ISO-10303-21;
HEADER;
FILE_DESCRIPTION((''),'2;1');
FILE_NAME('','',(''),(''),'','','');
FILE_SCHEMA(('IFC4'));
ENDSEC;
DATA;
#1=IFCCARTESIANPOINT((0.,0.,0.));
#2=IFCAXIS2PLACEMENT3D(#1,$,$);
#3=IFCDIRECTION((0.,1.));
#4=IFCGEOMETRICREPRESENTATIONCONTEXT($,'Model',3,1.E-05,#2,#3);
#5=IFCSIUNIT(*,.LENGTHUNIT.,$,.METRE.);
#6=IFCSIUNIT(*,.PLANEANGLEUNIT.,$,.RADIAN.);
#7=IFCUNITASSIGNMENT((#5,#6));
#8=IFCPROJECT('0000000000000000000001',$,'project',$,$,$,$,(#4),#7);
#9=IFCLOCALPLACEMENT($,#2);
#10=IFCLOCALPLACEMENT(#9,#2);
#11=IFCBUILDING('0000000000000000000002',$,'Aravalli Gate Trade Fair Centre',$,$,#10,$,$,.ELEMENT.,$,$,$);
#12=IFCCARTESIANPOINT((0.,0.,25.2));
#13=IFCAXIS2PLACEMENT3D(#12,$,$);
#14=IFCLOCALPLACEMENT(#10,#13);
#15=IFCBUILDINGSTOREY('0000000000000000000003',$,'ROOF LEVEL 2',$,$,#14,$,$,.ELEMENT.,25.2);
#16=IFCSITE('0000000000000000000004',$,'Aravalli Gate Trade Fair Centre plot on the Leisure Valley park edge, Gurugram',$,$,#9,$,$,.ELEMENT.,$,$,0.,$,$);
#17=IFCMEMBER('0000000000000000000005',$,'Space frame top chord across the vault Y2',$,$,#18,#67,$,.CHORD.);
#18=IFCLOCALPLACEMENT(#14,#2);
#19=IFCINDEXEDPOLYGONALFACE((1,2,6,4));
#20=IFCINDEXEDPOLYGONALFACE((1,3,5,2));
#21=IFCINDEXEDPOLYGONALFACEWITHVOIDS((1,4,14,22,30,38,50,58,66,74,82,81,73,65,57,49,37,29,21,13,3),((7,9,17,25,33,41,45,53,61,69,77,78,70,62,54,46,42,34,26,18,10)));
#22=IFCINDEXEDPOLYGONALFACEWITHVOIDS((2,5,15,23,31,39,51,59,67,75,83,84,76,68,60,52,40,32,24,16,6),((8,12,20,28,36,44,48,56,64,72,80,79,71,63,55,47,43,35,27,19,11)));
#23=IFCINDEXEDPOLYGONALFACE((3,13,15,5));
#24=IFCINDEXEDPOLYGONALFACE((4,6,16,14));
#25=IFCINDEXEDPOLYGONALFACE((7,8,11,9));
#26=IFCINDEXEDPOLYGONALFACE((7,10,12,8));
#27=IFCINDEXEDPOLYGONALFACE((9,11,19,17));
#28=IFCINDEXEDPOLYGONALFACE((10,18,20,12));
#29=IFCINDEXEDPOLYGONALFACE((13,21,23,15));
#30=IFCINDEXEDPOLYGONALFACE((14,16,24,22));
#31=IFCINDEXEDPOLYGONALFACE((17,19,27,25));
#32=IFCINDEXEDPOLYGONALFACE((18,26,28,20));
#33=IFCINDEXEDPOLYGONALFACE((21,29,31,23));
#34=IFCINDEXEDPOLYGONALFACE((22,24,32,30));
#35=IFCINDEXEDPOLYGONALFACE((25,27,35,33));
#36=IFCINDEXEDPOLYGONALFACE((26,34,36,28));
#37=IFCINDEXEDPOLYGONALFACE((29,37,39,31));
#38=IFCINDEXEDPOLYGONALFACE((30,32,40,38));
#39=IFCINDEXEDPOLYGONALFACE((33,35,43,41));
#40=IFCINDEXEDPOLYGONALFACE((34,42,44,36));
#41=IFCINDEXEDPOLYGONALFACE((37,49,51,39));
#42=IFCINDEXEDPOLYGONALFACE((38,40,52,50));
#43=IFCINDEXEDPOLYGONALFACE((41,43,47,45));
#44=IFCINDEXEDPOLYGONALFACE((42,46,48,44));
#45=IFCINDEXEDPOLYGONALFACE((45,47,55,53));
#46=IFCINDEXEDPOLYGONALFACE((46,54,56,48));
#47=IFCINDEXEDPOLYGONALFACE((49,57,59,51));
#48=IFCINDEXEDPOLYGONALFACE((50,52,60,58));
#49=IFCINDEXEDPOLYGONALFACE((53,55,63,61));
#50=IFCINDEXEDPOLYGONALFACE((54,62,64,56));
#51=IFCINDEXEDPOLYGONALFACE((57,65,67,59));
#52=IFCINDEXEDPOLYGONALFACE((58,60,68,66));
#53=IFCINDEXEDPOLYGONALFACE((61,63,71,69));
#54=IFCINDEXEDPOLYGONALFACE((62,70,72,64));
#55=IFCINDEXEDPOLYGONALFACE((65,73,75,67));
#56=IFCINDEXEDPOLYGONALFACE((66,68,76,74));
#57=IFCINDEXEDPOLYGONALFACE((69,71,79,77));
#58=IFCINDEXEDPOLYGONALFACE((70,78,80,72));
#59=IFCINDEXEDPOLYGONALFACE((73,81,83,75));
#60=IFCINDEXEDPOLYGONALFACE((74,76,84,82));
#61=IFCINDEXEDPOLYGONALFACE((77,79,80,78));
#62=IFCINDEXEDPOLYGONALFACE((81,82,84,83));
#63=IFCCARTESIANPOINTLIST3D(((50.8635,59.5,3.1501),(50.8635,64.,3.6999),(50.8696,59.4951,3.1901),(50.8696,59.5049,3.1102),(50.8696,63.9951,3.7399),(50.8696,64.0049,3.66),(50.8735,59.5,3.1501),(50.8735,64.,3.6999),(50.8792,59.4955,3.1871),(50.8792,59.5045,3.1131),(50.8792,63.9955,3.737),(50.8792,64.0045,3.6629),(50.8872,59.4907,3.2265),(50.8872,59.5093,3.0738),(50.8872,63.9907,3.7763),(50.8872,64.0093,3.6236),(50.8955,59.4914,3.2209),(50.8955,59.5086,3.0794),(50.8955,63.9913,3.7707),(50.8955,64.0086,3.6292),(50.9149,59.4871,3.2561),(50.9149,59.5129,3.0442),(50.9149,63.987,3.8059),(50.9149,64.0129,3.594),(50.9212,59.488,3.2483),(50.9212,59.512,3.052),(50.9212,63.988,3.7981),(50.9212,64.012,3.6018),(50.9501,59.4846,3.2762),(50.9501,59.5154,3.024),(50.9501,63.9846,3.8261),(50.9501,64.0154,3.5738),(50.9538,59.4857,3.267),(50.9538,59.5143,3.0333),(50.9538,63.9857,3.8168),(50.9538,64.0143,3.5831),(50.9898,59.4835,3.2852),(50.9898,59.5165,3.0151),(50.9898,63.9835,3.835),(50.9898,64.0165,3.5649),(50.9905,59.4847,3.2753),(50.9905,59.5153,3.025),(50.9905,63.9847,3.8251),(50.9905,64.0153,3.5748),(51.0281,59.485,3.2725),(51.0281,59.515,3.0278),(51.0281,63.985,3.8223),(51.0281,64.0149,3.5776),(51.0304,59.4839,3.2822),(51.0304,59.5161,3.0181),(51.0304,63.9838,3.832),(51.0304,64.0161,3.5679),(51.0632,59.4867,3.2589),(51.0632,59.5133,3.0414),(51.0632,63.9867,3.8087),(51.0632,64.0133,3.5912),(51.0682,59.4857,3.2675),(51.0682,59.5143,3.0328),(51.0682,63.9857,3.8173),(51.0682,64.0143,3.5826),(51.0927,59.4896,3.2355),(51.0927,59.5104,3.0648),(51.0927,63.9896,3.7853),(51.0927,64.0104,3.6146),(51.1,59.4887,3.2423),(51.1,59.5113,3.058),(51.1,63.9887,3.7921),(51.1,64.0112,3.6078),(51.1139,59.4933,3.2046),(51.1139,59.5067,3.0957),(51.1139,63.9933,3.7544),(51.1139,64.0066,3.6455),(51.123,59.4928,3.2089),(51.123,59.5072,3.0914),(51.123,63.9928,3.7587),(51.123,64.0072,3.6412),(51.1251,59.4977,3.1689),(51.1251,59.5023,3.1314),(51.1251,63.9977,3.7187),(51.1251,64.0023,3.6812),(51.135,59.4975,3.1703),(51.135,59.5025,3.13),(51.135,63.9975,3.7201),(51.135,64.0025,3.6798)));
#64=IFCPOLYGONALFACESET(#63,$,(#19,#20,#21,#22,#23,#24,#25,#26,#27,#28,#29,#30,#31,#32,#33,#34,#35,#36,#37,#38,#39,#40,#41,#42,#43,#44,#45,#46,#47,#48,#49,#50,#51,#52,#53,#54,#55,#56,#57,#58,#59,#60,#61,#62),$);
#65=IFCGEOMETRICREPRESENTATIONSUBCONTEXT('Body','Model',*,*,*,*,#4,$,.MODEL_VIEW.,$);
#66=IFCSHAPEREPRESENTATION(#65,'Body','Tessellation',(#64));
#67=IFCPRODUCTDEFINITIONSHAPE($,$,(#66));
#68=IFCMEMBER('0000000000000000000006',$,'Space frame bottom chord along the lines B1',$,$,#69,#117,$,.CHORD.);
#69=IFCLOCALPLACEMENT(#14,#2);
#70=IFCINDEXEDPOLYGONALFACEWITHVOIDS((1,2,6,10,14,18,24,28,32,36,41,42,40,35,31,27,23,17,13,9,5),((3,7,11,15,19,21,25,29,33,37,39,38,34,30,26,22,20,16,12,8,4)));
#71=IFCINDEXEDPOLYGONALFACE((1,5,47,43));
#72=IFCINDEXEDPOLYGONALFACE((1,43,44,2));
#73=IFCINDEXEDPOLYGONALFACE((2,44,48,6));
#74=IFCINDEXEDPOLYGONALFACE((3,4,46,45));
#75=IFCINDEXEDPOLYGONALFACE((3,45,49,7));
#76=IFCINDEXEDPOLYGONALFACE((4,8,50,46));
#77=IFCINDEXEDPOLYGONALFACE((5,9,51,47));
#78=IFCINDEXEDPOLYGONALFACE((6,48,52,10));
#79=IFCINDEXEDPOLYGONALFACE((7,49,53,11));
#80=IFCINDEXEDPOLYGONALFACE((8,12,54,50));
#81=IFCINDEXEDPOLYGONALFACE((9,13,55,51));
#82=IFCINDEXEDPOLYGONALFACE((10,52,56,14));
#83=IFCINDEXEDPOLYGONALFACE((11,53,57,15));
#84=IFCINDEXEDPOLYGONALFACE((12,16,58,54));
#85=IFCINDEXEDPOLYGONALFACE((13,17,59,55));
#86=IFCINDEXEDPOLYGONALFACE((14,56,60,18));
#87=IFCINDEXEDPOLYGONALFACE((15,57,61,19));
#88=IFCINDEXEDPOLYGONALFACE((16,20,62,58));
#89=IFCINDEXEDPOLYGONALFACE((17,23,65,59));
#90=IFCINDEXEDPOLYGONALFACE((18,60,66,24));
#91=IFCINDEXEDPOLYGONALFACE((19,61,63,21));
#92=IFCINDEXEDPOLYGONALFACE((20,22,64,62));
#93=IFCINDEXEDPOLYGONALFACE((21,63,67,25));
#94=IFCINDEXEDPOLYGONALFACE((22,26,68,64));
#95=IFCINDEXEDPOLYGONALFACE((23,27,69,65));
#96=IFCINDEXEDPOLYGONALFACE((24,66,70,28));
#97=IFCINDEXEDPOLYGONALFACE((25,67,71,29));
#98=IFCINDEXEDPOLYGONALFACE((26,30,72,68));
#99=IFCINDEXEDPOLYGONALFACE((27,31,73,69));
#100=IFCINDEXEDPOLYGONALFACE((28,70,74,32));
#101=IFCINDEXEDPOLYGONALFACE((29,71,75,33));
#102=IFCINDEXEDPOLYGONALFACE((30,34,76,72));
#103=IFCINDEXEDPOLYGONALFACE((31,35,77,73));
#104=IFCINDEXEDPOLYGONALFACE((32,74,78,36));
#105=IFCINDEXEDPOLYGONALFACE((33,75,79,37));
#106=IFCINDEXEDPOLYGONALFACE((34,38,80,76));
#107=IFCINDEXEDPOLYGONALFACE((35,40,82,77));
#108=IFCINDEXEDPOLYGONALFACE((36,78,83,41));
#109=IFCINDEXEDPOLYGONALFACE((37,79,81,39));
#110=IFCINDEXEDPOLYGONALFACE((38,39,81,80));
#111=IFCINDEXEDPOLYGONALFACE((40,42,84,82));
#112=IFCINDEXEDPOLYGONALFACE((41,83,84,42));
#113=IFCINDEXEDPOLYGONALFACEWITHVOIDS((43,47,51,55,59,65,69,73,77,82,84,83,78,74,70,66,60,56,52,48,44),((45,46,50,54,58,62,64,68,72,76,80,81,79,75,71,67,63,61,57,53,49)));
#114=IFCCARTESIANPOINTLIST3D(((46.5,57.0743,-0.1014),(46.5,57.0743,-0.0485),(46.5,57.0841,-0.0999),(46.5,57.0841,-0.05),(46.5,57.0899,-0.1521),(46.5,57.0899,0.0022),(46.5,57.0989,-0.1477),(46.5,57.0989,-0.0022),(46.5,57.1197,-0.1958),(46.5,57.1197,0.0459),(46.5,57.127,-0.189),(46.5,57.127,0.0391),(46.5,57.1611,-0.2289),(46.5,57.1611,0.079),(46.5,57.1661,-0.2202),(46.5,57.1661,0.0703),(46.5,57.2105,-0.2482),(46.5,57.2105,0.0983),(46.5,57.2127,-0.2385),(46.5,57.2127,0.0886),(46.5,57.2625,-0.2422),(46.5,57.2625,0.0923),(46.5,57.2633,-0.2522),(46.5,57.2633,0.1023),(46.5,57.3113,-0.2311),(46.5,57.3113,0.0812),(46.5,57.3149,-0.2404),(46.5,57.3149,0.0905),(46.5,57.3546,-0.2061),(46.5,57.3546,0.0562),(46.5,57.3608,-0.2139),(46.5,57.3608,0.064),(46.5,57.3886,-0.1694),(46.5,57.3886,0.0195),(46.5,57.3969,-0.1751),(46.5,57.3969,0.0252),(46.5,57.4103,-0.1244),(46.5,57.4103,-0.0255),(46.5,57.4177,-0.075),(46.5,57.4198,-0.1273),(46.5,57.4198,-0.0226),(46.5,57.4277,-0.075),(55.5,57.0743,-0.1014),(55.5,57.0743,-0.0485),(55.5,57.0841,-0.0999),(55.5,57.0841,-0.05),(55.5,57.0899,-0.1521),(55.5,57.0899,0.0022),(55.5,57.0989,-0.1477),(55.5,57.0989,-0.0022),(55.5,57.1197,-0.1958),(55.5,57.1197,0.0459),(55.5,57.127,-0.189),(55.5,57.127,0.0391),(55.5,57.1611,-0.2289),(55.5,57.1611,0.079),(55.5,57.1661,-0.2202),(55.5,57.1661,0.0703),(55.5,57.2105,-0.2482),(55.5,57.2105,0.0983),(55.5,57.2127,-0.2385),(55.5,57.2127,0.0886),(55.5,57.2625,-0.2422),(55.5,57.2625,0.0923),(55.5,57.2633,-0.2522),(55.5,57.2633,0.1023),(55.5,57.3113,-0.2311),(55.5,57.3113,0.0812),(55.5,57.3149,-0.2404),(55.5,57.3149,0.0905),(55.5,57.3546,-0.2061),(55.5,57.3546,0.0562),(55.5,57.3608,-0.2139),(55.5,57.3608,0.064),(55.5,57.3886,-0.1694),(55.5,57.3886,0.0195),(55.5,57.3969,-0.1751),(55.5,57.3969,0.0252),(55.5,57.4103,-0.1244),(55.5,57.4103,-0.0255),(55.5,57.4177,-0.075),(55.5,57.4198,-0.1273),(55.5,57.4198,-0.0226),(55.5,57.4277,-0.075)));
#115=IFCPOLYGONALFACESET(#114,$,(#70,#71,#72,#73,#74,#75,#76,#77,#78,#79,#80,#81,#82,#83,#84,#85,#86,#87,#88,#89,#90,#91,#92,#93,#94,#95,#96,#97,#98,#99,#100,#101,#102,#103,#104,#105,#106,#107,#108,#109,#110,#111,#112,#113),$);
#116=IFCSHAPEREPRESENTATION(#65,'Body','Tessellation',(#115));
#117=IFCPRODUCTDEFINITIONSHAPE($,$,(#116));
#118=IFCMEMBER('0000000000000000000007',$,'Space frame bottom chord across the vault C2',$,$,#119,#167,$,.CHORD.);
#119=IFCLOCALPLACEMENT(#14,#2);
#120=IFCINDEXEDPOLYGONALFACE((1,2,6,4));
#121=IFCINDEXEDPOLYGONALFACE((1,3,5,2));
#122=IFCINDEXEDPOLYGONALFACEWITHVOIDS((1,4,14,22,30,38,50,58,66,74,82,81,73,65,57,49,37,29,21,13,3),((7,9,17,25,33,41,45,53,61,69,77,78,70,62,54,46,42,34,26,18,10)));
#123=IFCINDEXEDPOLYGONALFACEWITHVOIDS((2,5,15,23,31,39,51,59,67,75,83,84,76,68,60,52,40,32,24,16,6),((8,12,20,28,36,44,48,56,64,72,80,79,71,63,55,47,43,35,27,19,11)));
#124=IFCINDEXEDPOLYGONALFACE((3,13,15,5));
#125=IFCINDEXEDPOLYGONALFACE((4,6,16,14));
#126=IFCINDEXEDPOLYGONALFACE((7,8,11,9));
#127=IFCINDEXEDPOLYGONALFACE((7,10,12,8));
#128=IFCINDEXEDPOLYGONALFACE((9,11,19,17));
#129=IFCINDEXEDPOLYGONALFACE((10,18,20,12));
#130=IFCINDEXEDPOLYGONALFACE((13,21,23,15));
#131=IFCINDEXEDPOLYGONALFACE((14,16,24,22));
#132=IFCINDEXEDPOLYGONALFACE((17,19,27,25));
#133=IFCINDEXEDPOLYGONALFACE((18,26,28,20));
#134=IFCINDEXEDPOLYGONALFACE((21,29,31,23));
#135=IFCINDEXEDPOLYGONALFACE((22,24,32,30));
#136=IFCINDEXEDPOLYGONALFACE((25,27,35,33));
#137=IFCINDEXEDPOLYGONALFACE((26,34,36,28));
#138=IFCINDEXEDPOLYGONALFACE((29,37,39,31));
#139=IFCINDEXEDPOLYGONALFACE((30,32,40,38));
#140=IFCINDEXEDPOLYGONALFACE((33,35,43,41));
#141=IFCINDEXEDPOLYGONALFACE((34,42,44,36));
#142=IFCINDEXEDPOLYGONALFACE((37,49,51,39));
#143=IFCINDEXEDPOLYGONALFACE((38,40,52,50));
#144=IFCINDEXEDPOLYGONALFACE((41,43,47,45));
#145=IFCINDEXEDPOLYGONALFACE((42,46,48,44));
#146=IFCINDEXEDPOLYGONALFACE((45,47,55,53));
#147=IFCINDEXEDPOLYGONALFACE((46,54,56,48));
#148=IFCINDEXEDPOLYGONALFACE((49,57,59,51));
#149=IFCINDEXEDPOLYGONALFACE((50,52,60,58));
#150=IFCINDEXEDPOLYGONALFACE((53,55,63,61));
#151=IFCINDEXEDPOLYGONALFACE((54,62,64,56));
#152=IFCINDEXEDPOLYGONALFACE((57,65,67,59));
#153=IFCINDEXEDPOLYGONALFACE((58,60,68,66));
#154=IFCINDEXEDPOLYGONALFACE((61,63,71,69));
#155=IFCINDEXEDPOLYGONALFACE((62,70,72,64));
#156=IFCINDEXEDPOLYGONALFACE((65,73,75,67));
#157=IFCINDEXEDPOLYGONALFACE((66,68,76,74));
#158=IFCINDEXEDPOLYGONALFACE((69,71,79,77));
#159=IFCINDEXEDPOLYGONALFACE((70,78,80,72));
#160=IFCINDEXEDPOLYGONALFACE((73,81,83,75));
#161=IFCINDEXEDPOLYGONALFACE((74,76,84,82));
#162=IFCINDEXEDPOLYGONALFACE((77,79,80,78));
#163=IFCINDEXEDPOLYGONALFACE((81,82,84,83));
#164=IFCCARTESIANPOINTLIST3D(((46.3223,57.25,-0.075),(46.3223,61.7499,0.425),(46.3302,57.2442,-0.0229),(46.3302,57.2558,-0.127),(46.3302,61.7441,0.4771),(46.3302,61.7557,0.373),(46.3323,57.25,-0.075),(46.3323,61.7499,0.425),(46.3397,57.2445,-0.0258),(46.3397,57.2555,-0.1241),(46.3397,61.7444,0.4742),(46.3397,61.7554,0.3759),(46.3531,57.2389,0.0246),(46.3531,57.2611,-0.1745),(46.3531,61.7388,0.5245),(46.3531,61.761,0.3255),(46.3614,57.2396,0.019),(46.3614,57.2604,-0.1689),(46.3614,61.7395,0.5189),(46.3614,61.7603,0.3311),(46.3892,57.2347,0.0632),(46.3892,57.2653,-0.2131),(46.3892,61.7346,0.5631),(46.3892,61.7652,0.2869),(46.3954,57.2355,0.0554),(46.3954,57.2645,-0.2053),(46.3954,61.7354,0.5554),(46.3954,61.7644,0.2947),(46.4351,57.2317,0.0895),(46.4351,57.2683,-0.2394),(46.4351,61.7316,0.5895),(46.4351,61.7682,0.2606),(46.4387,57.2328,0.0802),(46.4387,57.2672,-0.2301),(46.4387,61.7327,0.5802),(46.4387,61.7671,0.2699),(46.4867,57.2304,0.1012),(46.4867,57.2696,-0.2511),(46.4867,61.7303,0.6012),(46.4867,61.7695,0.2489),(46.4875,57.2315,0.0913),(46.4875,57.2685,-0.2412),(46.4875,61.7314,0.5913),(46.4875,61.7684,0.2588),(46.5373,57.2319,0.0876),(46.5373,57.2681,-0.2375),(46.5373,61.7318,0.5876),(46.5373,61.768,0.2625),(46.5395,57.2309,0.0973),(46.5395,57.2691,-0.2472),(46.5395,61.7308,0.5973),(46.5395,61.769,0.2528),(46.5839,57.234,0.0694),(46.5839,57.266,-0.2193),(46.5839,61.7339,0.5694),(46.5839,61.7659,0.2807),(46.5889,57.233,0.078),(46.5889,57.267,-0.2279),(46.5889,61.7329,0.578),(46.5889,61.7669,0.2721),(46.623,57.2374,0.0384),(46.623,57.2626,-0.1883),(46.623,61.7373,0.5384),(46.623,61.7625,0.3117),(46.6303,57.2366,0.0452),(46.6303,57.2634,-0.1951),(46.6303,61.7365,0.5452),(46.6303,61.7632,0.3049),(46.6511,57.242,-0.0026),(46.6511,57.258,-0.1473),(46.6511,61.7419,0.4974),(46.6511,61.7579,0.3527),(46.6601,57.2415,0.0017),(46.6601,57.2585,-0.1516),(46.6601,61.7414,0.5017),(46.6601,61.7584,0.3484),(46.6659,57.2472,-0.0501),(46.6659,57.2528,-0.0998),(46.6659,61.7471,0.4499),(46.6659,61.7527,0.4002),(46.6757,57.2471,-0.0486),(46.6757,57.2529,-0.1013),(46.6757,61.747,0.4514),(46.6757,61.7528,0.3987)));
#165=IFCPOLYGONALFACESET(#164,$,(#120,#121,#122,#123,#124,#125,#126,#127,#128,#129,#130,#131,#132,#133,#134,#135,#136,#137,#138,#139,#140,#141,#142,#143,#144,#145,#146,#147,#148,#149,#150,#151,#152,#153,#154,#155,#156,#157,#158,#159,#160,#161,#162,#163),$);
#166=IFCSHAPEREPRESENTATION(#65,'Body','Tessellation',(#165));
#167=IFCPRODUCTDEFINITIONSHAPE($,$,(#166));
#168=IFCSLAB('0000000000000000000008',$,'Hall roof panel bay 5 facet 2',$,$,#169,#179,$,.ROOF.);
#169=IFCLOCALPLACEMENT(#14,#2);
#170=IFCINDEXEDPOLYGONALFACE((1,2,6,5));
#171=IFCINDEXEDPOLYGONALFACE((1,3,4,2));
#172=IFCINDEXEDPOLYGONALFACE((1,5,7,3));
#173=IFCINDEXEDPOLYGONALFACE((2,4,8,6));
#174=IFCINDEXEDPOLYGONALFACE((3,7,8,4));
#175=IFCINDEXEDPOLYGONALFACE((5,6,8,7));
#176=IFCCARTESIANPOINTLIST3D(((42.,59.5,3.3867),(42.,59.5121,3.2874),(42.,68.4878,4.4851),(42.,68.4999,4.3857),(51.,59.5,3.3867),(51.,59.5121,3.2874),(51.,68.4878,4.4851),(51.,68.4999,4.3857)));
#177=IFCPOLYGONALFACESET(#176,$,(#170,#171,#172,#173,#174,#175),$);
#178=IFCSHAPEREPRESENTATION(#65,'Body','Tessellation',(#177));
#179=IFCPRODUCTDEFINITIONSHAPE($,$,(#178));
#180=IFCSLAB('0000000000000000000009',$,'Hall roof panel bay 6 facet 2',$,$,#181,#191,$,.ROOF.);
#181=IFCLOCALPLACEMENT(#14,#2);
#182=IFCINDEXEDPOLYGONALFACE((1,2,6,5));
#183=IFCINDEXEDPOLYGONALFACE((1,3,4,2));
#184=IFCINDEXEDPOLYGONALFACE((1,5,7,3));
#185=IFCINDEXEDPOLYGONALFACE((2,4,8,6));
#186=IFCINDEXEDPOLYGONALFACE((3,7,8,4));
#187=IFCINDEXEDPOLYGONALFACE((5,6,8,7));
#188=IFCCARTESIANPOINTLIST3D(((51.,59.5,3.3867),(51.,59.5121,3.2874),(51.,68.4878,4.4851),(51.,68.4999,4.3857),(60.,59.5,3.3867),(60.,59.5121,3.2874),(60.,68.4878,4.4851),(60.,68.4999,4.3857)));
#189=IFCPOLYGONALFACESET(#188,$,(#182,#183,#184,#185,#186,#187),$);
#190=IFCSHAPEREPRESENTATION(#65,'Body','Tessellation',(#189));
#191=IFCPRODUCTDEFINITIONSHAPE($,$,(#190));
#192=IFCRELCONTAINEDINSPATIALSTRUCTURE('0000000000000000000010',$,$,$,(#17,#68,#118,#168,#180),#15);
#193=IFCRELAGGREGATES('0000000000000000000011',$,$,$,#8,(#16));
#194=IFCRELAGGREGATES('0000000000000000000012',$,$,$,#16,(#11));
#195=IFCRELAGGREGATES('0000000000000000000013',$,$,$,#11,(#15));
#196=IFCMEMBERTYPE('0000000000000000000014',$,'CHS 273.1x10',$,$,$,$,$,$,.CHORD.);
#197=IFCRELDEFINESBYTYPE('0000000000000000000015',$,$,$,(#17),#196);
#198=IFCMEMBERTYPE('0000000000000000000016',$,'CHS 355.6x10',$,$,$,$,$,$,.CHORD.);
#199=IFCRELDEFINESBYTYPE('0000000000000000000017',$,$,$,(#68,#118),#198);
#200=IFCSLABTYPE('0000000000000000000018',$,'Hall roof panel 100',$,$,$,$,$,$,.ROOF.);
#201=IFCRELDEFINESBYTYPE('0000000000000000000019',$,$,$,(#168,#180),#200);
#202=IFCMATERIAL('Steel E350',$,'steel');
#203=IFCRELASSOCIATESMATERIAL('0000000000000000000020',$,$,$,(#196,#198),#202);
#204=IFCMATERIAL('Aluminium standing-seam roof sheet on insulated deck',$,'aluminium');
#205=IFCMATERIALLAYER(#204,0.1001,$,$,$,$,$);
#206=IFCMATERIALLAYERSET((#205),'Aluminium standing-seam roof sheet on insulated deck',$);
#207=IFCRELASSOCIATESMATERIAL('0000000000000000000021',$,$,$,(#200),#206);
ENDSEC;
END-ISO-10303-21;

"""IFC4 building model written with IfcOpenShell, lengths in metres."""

from ifc_helpers import new_model, si_unit, direction, frame, origin, origin_2d, place, context, subcontext, project, spatial, polyline, hollow_circle, outline, extrude, material, layer, layer_set, material_profile, profile_set, type_object, element, save


model = new_model("IFC4")

# Units and contexts
model_context = context("Model", 3, precision=1e-05, world=origin(), true_north=direction((0.0, 1.0)))
body_context = subcontext(model_context, "Body", "Model", "MODEL_VIEW")
ifc_project = project(units=[si_unit("LENGTHUNIT", "METRE"), si_unit("PLANEANGLEUNIT", "RADIAN")], contexts=[model_context])

# Site, building, storey
site_placement = place(None, origin())
site = spatial("IfcSite", under=ifc_project, at=site_placement, Name="Aravalli Gate Trade Fair Centre plot on the Leisure Valley park edge, Gurugram", CompositionType="ELEMENT", RefElevation=0.0)
building_placement = place(site_placement, origin())
building = spatial("IfcBuilding", under=site, at=building_placement, Name="Aravalli Gate Trade Fair Centre", CompositionType="ELEMENT")
storey_placement = place(building_placement, frame((0.0, 0.0, 25.2)))
storey = spatial("IfcBuildingStorey", under=building, at=storey_placement, Name="ROOF LEVEL 2", CompositionType="ELEMENT", Elevation=25.2)

# Members
ifc_material_1 = material(Name="Steel E350", Category="steel")
ifc_material_profile_1 = material_profile(ifc_material_1, hollow_circle(Radius=0.1365, WallThickness=0.01, at=origin_2d()), Name="CHS 273.1x10")
ifc_profile_set_1 = profile_set([ifc_material_profile_1], Name="Steel E350")
member_type_1 = type_object("IfcMemberType", Name="CHS 273.1x10", PredefinedType="CHORD", material=ifc_profile_set_1)
member_1_placement = place(storey_placement, frame((51.0, 59.5, 3.1501), z_axis=(0.0, 0.992619, 0.121277), x_axis=(-1.0, 0.0, 0.0)))
element("IfcMember", 1, at=member_1_placement, inside=storey, type_object=member_type_1, Name="Space frame top chord across the vault Y2", PredefinedType="CHORD", context=body_context, shape_type="SweptSolid", body=[
    extrude(hollow_circle(Radius=0.1365, WallThickness=0.01, at=origin_2d()), origin(), (0.0, 0.0, 1.0), 4.5334),
])
ifc_material_profile_2 = material_profile(ifc_material_1, hollow_circle(Radius=0.1777, WallThickness=0.01, at=origin_2d()), Name="CHS 355.6x10")
ifc_profile_set_2 = profile_set([ifc_material_profile_2], Name="Steel E350")
member_type_2 = type_object("IfcMemberType", Name="CHS 355.6x10", PredefinedType="CHORD", material=ifc_profile_set_2)
member_2_placement = place(storey_placement, frame((46.5, 57.25, -0.075), z_axis=(1.0, 0.0, 0.0), x_axis=(0.0, 1.0, 0.0)))
element("IfcMember", 2, at=member_2_placement, inside=storey, type_object=member_type_2, Name="Space frame bottom chord along the lines B1", PredefinedType="CHORD", context=body_context, shape_type="SweptSolid", body=[
    extrude(hollow_circle(Radius=0.1777, WallThickness=0.01, at=origin_2d()), origin(), (0.0, 0.0, 1.0), 9.0),
])
member_3_placement = place(storey_placement, frame((46.5, 57.25, -0.075), z_axis=(0.0, 0.993884, 0.110432), x_axis=(-1.0, 0.0, 0.0)))
element("IfcMember", 3, at=member_3_placement, inside=storey, type_object=member_type_2, Name="Space frame bottom chord across the vault C2", PredefinedType="CHORD", context=body_context, shape_type="SweptSolid", body=[
    extrude(hollow_circle(Radius=0.1777, WallThickness=0.01, at=origin_2d()), origin(), (0.0, 0.0, 1.0), 4.5276),
])

# Slabs
ifc_material_2 = material(Name="Aluminium standing-seam roof sheet on insulated deck", Category="aluminium")
ifc_layer_1 = layer(ifc_material_2, 0.1001)
ifc_layer_set_1 = layer_set([ifc_layer_1], Name="Aluminium standing-seam roof sheet on insulated deck")
slab_type = type_object("IfcSlabType", Name="Hall roof panel 100", PredefinedType="ROOF", material=ifc_layer_set_1)
for number, where, z_axis, x_axis, name in (
    (4, (42.0, 59.5, 3.3867), (0.0, -0.121306, 0.992615), (1.0, 0.0, 0.0), "Hall roof panel bay 5 facet 2"),
    (5, (51.0, 59.5, 3.3867), (0.0, -0.121306, 0.992615), (1.0, 0.0, 0.0), "Hall roof panel bay 6 facet 2"),
):
    element("IfcSlab", number, at=place(storey_placement, frame(where, z_axis=z_axis, x_axis=x_axis)), inside=storey, type_object=slab_type, Name=name, PredefinedType="ROOF", context=body_context, shape_type="SweptSolid", body=[
        extrude(outline(polyline([(0.0, 0.0), (9.0, 0.0), (9.0, 9.0547), (0.0, 9.0547), (0.0, 0.0)])), origin(), (0.0, 0.0, -1.0), 0.1001),
    ])

save(model, "model.ifc")
